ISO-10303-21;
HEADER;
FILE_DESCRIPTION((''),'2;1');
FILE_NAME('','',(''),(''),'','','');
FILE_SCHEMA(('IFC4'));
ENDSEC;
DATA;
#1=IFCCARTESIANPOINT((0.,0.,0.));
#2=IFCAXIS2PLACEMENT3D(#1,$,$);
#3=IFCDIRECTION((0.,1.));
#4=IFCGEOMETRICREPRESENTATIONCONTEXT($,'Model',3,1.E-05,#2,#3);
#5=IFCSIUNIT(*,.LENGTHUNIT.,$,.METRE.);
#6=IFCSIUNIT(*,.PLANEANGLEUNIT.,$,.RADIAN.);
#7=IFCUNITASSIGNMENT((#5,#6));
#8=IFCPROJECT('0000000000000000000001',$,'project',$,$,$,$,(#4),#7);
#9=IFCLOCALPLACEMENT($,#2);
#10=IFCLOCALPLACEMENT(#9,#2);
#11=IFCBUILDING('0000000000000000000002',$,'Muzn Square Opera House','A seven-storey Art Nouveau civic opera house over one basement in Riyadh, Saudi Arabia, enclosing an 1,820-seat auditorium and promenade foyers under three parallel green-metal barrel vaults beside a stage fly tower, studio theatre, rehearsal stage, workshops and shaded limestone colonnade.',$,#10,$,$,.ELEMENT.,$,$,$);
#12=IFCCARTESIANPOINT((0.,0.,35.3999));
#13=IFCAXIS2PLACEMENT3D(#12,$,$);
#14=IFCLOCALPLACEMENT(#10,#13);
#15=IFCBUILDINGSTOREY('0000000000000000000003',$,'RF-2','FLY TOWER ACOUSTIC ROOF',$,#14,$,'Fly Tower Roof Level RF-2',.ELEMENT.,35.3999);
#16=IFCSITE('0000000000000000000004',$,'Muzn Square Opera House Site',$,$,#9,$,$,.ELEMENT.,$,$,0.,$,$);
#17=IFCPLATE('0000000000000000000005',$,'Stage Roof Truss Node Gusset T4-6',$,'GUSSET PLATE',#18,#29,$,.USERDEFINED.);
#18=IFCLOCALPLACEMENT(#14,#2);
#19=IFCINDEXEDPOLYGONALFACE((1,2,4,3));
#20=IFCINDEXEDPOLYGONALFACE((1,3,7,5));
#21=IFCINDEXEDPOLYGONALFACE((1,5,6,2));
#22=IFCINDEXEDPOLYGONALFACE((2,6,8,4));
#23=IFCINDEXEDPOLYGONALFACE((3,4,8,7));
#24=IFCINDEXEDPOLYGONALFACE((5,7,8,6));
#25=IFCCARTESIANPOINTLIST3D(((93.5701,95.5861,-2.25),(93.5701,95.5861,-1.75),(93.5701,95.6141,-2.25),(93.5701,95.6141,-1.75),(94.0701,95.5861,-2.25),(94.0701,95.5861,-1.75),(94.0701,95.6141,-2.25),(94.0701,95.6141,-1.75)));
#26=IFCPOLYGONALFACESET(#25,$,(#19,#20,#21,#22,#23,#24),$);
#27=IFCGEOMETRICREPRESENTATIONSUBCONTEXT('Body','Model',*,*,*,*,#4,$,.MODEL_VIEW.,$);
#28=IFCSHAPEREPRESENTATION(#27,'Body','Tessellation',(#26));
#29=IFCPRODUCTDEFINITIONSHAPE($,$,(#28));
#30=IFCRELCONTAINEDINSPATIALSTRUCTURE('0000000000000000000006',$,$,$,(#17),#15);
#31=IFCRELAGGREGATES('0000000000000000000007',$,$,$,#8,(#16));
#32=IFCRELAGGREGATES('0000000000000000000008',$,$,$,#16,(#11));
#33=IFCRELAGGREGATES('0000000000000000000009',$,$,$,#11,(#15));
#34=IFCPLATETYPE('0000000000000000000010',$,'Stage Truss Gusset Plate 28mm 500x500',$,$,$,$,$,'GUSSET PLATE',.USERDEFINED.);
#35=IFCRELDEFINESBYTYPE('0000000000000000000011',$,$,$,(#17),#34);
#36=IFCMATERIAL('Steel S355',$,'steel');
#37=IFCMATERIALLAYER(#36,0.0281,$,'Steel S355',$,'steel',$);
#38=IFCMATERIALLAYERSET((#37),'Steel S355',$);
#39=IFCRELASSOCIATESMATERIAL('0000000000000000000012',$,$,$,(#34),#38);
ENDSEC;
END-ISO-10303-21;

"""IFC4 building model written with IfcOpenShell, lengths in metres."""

from ifc_helpers import new_model, si_unit, direction, frame, origin, origin_2d, place, context, subcontext, project, spatial, rectangle, extrude, material, layer, layer_set, type_object, element, save


model = new_model("IFC4")

# Units and contexts
model_context = context("Model", 3, precision=1e-05, world=origin(), true_north=direction((0.0, 1.0)))
body_context = subcontext(model_context, "Body", "Model", "MODEL_VIEW")
ifc_project = project(units=[si_unit("LENGTHUNIT", "METRE"), si_unit("PLANEANGLEUNIT", "RADIAN")], contexts=[model_context])

# Site, building, storey
site_placement = place(None, origin())
site = spatial("IfcSite", under=ifc_project, at=site_placement, Name="Muzn Square Opera House Site", CompositionType="ELEMENT", RefElevation=0.0)
building_placement = place(site_placement, origin())
building = spatial("IfcBuilding", under=site, at=building_placement, Name="Muzn Square Opera House", Description="A seven-storey Art Nouveau civic opera house over one basement in Riyadh, Saudi Arabia, enclosing an 1,820-seat auditorium and promenade foyers under three parallel green-metal barrel vaults beside a stage fly tower, studio theatre, rehearsal stage, workshops and shaded limestone colonnade.", CompositionType="ELEMENT")
storey_placement = place(building_placement, frame((0.0, 0.0, 35.3999)))
storey = spatial("IfcBuildingStorey", under=building, at=storey_placement, Name="RF-2", Description="FLY TOWER ACOUSTIC ROOF", LongName="Fly Tower Roof Level RF-2", CompositionType="ELEMENT", Elevation=35.3999)

# Shared definitions
ifc_material = material(Name="Steel S355", Category="steel")

# Plate
ifc_layer = layer(ifc_material, 0.0281, Name="Steel S355", Category="steel")
ifc_layer_set = layer_set([ifc_layer], Name="Steel S355")
plate_type = type_object("IfcPlateType", Name="Stage Truss Gusset Plate 28mm 500x500", ElementType="GUSSET PLATE", PredefinedType="USERDEFINED", material=ifc_layer_set)
for number, where, z_axis, x_axis, name in (
    (1, (93.8201, 95.6001, -2.25), (0.0, 0.0, 1.0), (1.0, 0.0, 0.0), "Stage Roof Truss Node Gusset T4-6"),
):
    element("IfcPlate", number, at=place(storey_placement, frame(where, z_axis=z_axis, x_axis=x_axis)), inside=storey, type_object=plate_type, Name=name, ObjectType="GUSSET PLATE", PredefinedType="USERDEFINED", context=body_context, shape_type="SweptSolid", body=[
        extrude(rectangle(XDim=0.5, YDim=0.0281, at=origin_2d()), origin(), (0.0, 0.0, 1.0), 0.5),
    ])

save(model, "model.ifc")
